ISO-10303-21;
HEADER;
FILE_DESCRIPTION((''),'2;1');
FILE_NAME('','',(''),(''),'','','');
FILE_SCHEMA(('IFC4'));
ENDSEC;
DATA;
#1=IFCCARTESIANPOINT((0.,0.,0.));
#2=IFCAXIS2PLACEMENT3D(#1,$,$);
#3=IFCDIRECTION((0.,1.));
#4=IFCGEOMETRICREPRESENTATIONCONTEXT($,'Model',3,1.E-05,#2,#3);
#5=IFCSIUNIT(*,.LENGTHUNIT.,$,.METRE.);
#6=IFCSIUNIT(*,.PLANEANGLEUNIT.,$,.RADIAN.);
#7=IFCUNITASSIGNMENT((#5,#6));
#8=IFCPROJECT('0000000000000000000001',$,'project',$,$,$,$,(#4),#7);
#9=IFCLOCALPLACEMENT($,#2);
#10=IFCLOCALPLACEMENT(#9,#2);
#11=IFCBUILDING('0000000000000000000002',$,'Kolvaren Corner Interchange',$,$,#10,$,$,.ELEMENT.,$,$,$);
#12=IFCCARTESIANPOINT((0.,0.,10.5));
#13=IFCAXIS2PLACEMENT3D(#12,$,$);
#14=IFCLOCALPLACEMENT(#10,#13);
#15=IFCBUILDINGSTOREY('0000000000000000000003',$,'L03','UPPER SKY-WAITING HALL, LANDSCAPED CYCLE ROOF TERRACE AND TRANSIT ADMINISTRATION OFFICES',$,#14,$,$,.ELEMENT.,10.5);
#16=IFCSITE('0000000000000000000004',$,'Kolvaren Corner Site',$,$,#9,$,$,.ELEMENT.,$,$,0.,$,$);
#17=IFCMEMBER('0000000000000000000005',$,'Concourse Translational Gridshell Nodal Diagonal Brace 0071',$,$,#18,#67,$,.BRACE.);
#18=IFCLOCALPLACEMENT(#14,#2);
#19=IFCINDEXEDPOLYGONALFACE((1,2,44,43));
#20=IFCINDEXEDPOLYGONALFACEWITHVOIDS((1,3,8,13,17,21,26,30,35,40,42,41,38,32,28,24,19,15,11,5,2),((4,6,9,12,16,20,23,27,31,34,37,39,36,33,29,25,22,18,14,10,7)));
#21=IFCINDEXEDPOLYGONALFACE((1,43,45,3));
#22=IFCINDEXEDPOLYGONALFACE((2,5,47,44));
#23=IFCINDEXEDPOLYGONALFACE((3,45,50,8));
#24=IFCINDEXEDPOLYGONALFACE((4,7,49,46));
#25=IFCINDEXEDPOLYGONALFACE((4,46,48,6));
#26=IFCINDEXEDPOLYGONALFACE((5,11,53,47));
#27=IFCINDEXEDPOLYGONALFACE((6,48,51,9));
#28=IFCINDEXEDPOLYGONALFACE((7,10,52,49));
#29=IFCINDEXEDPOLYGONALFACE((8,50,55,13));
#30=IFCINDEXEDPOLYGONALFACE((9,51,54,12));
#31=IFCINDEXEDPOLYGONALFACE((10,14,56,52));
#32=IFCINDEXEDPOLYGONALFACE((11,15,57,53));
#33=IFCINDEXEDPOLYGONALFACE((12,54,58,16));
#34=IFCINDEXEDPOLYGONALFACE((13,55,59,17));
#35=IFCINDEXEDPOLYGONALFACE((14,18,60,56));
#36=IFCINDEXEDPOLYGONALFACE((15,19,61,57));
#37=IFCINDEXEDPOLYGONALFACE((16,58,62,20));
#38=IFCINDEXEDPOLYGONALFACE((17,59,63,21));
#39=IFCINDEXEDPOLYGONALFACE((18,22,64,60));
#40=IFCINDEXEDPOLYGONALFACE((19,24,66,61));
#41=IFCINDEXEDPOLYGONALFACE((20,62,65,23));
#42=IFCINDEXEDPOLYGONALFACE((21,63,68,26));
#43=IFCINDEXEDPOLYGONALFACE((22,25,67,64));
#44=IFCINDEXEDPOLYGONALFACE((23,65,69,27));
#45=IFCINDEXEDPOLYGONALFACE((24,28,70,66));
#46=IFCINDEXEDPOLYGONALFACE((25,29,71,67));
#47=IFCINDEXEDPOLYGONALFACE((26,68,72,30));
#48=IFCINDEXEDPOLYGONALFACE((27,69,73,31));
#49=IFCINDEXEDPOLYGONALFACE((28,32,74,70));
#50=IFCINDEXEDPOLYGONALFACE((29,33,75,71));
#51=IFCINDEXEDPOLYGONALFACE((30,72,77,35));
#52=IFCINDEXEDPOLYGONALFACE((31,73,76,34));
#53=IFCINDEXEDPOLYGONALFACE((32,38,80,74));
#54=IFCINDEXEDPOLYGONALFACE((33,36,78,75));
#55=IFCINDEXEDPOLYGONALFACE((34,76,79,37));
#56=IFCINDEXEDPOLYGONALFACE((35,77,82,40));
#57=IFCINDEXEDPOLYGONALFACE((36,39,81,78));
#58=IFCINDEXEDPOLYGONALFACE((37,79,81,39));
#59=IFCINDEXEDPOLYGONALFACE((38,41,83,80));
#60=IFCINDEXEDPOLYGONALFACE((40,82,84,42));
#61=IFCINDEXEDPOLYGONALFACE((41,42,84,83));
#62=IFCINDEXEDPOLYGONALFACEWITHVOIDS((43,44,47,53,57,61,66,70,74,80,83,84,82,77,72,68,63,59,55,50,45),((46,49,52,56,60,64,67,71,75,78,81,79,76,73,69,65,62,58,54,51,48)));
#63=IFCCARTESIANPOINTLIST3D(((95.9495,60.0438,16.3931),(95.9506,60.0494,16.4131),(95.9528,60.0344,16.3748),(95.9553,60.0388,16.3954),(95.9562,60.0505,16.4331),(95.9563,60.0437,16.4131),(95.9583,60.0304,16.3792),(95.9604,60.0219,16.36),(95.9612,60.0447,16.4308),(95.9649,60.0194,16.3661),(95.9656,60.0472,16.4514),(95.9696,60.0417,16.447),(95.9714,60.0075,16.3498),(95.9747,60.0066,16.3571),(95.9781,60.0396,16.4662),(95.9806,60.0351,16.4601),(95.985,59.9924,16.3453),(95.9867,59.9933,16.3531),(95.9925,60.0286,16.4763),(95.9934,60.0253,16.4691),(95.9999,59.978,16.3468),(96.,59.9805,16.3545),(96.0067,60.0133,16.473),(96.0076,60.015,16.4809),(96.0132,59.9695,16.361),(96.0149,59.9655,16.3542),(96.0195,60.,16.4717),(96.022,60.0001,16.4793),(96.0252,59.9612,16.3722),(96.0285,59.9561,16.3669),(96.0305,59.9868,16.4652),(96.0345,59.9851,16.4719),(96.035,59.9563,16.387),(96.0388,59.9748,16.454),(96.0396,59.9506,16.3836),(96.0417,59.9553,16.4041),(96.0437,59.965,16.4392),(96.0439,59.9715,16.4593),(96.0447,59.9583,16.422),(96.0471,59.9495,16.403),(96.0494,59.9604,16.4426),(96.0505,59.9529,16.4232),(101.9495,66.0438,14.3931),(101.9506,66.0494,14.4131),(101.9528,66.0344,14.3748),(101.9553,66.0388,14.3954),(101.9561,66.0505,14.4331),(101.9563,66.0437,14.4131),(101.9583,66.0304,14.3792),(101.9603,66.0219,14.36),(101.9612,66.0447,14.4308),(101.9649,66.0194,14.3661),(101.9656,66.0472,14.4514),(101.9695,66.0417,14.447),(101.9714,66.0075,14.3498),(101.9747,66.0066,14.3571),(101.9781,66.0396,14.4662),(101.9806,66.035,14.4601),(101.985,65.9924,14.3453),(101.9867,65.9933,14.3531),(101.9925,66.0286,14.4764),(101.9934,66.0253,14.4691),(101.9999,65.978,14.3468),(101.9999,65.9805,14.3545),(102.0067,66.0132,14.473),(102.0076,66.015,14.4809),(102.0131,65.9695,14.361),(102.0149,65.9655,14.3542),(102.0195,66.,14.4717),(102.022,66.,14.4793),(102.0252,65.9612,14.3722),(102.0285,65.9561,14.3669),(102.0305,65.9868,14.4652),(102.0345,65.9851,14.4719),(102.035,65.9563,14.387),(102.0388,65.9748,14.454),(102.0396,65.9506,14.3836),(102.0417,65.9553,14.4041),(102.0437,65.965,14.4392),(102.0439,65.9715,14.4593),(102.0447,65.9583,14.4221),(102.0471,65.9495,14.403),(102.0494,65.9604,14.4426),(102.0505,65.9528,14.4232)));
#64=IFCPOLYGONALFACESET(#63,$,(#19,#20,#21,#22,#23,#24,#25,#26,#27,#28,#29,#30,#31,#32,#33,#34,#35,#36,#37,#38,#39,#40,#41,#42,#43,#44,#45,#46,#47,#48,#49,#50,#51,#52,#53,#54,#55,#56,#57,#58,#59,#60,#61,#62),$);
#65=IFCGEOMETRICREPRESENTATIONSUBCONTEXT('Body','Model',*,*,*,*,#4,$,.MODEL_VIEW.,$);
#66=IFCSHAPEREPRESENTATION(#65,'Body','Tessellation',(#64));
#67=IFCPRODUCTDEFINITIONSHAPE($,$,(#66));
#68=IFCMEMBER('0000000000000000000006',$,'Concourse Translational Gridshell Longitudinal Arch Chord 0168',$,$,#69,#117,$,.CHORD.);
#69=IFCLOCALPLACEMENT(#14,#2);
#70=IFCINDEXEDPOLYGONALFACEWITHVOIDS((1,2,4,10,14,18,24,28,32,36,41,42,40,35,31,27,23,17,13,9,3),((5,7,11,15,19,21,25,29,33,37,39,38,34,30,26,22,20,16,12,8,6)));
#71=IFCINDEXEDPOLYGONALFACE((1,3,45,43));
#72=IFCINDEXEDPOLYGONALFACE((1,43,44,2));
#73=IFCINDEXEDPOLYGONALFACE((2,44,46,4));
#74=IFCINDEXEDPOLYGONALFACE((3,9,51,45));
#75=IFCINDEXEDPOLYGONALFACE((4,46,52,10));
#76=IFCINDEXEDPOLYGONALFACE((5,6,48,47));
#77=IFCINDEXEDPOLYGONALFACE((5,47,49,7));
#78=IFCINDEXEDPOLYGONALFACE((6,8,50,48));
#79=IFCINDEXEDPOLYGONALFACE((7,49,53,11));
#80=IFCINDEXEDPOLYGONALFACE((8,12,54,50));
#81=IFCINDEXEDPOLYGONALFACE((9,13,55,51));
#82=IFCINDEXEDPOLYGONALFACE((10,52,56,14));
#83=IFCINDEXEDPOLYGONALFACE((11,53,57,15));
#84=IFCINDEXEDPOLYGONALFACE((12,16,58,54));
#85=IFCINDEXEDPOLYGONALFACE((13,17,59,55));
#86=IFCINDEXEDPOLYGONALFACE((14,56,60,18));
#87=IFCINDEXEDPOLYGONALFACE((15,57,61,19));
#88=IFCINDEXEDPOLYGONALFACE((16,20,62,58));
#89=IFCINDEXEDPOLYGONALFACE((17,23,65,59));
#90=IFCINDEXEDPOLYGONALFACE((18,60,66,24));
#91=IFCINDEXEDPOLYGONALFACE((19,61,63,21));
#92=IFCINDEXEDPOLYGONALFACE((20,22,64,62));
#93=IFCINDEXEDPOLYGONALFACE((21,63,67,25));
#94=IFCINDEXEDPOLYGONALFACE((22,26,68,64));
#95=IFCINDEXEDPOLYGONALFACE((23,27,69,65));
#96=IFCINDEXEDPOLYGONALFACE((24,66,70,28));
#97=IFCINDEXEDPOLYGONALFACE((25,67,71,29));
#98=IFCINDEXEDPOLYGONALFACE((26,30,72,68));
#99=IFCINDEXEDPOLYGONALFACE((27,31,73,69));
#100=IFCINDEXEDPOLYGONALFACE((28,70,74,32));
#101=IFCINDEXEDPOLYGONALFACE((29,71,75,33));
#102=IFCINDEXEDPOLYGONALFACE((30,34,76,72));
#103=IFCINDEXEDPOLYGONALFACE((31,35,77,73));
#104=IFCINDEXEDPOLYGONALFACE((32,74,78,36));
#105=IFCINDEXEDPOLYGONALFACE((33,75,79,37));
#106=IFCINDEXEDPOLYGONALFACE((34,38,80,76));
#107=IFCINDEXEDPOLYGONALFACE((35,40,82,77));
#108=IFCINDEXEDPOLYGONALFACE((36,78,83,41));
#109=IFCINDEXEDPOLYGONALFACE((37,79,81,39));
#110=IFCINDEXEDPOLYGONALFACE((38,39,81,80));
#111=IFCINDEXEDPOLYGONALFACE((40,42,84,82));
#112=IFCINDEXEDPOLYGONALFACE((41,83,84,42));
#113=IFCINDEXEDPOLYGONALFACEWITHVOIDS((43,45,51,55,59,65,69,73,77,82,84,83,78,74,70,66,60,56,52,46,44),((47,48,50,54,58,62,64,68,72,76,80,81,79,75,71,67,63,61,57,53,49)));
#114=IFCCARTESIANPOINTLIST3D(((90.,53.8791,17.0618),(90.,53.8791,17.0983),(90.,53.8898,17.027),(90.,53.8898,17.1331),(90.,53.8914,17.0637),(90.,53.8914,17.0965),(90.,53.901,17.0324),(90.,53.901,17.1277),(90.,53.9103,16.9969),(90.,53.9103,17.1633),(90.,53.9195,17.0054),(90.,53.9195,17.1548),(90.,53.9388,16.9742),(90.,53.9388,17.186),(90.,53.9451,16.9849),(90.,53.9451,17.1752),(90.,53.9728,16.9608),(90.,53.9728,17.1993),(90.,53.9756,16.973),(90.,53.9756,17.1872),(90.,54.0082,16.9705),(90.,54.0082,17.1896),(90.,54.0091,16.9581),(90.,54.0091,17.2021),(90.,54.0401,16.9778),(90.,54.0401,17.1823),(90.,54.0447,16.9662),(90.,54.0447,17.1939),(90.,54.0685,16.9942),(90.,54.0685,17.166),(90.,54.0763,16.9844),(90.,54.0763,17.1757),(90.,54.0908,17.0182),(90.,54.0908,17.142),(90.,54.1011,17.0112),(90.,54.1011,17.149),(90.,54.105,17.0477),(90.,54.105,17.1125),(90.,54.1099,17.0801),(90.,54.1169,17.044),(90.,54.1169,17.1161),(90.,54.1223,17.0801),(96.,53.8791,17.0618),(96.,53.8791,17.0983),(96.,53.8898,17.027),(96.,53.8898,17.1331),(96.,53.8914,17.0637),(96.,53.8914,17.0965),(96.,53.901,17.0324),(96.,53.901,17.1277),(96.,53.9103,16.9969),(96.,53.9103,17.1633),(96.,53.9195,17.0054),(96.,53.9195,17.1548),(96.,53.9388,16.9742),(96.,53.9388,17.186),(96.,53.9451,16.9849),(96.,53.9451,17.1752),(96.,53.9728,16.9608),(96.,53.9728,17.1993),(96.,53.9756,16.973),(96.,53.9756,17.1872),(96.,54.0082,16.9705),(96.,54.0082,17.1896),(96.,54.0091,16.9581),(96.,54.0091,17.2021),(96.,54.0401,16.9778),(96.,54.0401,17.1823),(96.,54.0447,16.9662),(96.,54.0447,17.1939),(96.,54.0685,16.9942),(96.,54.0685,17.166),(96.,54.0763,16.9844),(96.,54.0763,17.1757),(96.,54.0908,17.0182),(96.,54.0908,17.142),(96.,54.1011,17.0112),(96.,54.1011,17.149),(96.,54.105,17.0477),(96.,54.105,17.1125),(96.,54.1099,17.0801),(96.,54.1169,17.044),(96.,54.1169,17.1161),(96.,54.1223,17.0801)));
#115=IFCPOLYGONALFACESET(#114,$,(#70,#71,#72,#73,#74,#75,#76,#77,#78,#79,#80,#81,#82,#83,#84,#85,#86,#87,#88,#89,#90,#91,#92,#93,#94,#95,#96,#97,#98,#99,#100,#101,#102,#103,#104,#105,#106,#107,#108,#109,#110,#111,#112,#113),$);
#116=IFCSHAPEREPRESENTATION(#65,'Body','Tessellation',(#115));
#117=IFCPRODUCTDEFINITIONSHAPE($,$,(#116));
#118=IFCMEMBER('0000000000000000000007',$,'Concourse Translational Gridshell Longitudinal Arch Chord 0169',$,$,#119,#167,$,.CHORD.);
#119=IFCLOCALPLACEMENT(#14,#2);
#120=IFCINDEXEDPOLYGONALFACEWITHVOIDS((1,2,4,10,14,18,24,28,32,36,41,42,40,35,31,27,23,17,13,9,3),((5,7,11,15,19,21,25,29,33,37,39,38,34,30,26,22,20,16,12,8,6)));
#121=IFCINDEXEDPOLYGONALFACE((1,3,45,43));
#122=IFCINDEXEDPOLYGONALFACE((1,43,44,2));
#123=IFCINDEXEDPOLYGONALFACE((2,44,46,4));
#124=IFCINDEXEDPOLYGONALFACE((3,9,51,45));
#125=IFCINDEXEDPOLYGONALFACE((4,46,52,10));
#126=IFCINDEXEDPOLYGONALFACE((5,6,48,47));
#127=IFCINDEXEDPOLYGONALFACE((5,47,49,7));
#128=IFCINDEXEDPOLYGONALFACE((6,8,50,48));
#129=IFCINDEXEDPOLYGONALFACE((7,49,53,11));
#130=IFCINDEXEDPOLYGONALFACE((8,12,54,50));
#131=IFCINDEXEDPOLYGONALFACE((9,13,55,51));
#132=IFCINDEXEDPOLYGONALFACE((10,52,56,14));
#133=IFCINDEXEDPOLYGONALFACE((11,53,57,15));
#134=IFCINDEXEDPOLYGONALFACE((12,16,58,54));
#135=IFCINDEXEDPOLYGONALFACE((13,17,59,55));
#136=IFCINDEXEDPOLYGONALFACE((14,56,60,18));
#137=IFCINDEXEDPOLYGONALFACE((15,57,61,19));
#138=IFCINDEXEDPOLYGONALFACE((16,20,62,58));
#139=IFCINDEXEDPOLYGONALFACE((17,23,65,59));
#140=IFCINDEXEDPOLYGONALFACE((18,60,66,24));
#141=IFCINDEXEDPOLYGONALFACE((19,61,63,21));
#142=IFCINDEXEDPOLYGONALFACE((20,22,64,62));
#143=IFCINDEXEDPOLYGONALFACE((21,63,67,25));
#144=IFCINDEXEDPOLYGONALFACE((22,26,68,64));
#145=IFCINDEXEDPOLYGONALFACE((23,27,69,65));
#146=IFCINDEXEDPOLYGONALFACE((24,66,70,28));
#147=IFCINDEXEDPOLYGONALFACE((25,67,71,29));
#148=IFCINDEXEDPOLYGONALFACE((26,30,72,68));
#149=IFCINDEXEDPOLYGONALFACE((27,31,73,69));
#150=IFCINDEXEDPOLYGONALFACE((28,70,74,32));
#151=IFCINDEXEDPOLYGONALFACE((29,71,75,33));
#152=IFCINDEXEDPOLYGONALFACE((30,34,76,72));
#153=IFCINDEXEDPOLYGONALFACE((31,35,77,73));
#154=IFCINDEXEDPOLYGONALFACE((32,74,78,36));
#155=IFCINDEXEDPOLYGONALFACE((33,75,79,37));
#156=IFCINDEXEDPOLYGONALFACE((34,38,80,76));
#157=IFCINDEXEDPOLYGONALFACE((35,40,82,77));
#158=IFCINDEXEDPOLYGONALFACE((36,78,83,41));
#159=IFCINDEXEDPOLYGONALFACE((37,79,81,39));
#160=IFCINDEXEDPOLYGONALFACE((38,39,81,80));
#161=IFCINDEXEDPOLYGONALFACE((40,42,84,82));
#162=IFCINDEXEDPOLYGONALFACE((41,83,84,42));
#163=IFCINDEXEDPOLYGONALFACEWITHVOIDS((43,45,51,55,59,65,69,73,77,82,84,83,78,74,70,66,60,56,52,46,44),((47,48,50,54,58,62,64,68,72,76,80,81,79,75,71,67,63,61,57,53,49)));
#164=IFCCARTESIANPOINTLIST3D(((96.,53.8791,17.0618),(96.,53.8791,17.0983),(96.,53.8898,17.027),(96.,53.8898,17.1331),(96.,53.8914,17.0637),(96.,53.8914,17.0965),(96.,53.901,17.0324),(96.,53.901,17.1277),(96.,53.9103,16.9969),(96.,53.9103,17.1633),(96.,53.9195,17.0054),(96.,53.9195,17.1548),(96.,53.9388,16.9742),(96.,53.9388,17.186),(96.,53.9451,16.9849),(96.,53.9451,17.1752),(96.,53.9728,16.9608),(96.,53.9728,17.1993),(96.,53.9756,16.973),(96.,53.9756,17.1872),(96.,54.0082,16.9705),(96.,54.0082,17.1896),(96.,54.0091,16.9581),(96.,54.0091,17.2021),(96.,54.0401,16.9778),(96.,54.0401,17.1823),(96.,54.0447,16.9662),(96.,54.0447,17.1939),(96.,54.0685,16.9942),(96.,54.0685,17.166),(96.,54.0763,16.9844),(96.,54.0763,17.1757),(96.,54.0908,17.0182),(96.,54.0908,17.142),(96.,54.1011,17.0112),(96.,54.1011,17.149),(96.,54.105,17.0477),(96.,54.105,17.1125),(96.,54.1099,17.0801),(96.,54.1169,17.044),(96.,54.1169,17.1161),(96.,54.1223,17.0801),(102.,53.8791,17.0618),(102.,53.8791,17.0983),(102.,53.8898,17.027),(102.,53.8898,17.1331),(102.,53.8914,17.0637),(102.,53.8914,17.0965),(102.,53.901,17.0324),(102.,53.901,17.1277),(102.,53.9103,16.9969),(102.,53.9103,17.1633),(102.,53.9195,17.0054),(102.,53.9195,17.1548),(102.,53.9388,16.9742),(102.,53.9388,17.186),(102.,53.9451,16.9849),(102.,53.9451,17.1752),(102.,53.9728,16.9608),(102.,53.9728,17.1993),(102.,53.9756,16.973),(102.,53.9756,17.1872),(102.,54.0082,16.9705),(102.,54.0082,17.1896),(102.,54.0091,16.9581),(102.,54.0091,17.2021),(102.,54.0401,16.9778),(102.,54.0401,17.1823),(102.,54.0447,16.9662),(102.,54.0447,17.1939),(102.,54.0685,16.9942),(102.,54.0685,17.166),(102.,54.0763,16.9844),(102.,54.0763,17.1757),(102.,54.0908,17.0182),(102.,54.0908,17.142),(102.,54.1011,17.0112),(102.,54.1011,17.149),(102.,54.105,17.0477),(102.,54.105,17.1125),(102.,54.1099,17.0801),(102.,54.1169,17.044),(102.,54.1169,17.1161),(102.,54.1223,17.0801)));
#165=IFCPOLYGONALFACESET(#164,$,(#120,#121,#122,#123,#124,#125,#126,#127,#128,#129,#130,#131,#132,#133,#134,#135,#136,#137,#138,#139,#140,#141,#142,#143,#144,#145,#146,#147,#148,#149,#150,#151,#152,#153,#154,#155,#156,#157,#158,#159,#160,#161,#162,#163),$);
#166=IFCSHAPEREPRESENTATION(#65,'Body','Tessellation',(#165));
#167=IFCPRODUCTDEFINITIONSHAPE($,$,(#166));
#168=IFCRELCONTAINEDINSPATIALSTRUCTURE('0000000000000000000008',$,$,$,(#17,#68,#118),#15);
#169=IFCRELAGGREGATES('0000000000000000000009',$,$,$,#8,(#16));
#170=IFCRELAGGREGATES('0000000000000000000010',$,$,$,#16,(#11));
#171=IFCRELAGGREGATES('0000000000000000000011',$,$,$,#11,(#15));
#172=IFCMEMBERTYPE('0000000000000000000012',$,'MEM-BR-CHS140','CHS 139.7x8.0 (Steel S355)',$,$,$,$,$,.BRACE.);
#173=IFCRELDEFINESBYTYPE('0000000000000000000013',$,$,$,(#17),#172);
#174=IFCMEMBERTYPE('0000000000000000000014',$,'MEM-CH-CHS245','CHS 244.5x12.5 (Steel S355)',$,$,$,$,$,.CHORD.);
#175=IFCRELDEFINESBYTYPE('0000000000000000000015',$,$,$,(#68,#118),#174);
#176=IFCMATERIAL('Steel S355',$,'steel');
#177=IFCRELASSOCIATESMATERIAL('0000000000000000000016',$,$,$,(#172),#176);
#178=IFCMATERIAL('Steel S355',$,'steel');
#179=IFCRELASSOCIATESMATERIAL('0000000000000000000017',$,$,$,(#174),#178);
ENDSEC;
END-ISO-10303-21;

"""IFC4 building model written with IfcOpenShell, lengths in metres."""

from ifc_helpers import new_model, si_unit, direction, frame, origin, origin_2d, place, context, subcontext, project, spatial, hollow_circle, extrude, material, material_profile, profile_set, type_object, element, save


model = new_model("IFC4")

# Units and contexts
model_context = context("Model", 3, precision=1e-05, world=origin(), true_north=direction((0.0, 1.0)))
body_context = subcontext(model_context, "Body", "Model", "MODEL_VIEW")
ifc_project = project(units=[si_unit("LENGTHUNIT", "METRE"), si_unit("PLANEANGLEUNIT", "RADIAN")], contexts=[model_context])

# Site, building, storey
site_placement = place(None, origin())
site = spatial("IfcSite", under=ifc_project, at=site_placement, Name="Kolvaren Corner Site", CompositionType="ELEMENT", RefElevation=0.0)
building_placement = place(site_placement, origin())
building = spatial("IfcBuilding", under=site, at=building_placement, Name="Kolvaren Corner Interchange", CompositionType="ELEMENT")
storey_placement = place(building_placement, frame((0.0, 0.0, 10.5)))
storey = spatial("IfcBuildingStorey", under=building, at=storey_placement, Name="L03", Description="UPPER SKY-WAITING HALL, LANDSCAPED CYCLE ROOF TERRACE AND TRANSIT ADMINISTRATION OFFICES", CompositionType="ELEMENT", Elevation=10.5)

# Members
ifc_material_1 = material(Name="Steel S355", Category="steel")
ifc_material_profile_1 = material_profile(ifc_material_1, hollow_circle(Radius=0.0698, WallThickness=0.0081, at=origin_2d()), Name="CHS 139.7x8.0")
ifc_profile_set_1 = profile_set([ifc_material_profile_1], Name="Steel S355")
member_type_1 = type_object("IfcMemberType", Name="MEM-BR-CHS140", Description="CHS 139.7x8.0 (Steel S355)", PredefinedType="BRACE", material=ifc_profile_set_1)
member_1_placement = place(storey_placement, frame((96.0, 60.0, 16.4131), z_axis=(0.688247, 0.688247, -0.229416), x_axis=(-0.707107, 0.707107, 0.0)))
element("IfcMember", 1, at=member_1_placement, inside=storey, type_object=member_type_1, Name="Concourse Translational Gridshell Nodal Diagonal Brace 0071", PredefinedType="BRACE", context=body_context, shape_type="SweptSolid", body=[
    extrude(hollow_circle(Radius=0.0698, WallThickness=0.0081, at=origin_2d()), origin(), (0.0, 0.0, 1.0), 8.7178),
])
ifc_material_2 = material(Name="Steel S355", Category="steel")
ifc_material_profile_2 = material_profile(ifc_material_2, hollow_circle(Radius=0.1223, WallThickness=0.0125, at=origin_2d()), Name="CHS 244.5x12.5")
ifc_profile_set_2 = profile_set([ifc_material_profile_2], Name="Steel S355")
member_type_2 = type_object("IfcMemberType", Name="MEM-CH-CHS245", Description="CHS 244.5x12.5 (Steel S355)", PredefinedType="CHORD", material=ifc_profile_set_2)
for number, where, z_axis, x_axis, name in (
    (2, (90.0, 54.0, 17.0801), (1.0, 0.0, 0.0), (0.0, 1.0, 0.0), "Concourse Translational Gridshell Longitudinal Arch Chord 0168"),
    (3, (96.0, 54.0, 17.0801), (1.0, 0.0, 0.0), (0.0, 1.0, 0.0), "Concourse Translational Gridshell Longitudinal Arch Chord 0169"),
):
    element("IfcMember", number, at=place(storey_placement, frame(where, z_axis=z_axis, x_axis=x_axis)), inside=storey, type_object=member_type_2, Name=name, PredefinedType="CHORD", context=body_context, shape_type="SweptSolid", body=[
        extrude(hollow_circle(Radius=0.1223, WallThickness=0.0125, at=origin_2d()), origin(), (0.0, 0.0, 1.0), 6.0),
    ])

save(model, "model.ifc")
